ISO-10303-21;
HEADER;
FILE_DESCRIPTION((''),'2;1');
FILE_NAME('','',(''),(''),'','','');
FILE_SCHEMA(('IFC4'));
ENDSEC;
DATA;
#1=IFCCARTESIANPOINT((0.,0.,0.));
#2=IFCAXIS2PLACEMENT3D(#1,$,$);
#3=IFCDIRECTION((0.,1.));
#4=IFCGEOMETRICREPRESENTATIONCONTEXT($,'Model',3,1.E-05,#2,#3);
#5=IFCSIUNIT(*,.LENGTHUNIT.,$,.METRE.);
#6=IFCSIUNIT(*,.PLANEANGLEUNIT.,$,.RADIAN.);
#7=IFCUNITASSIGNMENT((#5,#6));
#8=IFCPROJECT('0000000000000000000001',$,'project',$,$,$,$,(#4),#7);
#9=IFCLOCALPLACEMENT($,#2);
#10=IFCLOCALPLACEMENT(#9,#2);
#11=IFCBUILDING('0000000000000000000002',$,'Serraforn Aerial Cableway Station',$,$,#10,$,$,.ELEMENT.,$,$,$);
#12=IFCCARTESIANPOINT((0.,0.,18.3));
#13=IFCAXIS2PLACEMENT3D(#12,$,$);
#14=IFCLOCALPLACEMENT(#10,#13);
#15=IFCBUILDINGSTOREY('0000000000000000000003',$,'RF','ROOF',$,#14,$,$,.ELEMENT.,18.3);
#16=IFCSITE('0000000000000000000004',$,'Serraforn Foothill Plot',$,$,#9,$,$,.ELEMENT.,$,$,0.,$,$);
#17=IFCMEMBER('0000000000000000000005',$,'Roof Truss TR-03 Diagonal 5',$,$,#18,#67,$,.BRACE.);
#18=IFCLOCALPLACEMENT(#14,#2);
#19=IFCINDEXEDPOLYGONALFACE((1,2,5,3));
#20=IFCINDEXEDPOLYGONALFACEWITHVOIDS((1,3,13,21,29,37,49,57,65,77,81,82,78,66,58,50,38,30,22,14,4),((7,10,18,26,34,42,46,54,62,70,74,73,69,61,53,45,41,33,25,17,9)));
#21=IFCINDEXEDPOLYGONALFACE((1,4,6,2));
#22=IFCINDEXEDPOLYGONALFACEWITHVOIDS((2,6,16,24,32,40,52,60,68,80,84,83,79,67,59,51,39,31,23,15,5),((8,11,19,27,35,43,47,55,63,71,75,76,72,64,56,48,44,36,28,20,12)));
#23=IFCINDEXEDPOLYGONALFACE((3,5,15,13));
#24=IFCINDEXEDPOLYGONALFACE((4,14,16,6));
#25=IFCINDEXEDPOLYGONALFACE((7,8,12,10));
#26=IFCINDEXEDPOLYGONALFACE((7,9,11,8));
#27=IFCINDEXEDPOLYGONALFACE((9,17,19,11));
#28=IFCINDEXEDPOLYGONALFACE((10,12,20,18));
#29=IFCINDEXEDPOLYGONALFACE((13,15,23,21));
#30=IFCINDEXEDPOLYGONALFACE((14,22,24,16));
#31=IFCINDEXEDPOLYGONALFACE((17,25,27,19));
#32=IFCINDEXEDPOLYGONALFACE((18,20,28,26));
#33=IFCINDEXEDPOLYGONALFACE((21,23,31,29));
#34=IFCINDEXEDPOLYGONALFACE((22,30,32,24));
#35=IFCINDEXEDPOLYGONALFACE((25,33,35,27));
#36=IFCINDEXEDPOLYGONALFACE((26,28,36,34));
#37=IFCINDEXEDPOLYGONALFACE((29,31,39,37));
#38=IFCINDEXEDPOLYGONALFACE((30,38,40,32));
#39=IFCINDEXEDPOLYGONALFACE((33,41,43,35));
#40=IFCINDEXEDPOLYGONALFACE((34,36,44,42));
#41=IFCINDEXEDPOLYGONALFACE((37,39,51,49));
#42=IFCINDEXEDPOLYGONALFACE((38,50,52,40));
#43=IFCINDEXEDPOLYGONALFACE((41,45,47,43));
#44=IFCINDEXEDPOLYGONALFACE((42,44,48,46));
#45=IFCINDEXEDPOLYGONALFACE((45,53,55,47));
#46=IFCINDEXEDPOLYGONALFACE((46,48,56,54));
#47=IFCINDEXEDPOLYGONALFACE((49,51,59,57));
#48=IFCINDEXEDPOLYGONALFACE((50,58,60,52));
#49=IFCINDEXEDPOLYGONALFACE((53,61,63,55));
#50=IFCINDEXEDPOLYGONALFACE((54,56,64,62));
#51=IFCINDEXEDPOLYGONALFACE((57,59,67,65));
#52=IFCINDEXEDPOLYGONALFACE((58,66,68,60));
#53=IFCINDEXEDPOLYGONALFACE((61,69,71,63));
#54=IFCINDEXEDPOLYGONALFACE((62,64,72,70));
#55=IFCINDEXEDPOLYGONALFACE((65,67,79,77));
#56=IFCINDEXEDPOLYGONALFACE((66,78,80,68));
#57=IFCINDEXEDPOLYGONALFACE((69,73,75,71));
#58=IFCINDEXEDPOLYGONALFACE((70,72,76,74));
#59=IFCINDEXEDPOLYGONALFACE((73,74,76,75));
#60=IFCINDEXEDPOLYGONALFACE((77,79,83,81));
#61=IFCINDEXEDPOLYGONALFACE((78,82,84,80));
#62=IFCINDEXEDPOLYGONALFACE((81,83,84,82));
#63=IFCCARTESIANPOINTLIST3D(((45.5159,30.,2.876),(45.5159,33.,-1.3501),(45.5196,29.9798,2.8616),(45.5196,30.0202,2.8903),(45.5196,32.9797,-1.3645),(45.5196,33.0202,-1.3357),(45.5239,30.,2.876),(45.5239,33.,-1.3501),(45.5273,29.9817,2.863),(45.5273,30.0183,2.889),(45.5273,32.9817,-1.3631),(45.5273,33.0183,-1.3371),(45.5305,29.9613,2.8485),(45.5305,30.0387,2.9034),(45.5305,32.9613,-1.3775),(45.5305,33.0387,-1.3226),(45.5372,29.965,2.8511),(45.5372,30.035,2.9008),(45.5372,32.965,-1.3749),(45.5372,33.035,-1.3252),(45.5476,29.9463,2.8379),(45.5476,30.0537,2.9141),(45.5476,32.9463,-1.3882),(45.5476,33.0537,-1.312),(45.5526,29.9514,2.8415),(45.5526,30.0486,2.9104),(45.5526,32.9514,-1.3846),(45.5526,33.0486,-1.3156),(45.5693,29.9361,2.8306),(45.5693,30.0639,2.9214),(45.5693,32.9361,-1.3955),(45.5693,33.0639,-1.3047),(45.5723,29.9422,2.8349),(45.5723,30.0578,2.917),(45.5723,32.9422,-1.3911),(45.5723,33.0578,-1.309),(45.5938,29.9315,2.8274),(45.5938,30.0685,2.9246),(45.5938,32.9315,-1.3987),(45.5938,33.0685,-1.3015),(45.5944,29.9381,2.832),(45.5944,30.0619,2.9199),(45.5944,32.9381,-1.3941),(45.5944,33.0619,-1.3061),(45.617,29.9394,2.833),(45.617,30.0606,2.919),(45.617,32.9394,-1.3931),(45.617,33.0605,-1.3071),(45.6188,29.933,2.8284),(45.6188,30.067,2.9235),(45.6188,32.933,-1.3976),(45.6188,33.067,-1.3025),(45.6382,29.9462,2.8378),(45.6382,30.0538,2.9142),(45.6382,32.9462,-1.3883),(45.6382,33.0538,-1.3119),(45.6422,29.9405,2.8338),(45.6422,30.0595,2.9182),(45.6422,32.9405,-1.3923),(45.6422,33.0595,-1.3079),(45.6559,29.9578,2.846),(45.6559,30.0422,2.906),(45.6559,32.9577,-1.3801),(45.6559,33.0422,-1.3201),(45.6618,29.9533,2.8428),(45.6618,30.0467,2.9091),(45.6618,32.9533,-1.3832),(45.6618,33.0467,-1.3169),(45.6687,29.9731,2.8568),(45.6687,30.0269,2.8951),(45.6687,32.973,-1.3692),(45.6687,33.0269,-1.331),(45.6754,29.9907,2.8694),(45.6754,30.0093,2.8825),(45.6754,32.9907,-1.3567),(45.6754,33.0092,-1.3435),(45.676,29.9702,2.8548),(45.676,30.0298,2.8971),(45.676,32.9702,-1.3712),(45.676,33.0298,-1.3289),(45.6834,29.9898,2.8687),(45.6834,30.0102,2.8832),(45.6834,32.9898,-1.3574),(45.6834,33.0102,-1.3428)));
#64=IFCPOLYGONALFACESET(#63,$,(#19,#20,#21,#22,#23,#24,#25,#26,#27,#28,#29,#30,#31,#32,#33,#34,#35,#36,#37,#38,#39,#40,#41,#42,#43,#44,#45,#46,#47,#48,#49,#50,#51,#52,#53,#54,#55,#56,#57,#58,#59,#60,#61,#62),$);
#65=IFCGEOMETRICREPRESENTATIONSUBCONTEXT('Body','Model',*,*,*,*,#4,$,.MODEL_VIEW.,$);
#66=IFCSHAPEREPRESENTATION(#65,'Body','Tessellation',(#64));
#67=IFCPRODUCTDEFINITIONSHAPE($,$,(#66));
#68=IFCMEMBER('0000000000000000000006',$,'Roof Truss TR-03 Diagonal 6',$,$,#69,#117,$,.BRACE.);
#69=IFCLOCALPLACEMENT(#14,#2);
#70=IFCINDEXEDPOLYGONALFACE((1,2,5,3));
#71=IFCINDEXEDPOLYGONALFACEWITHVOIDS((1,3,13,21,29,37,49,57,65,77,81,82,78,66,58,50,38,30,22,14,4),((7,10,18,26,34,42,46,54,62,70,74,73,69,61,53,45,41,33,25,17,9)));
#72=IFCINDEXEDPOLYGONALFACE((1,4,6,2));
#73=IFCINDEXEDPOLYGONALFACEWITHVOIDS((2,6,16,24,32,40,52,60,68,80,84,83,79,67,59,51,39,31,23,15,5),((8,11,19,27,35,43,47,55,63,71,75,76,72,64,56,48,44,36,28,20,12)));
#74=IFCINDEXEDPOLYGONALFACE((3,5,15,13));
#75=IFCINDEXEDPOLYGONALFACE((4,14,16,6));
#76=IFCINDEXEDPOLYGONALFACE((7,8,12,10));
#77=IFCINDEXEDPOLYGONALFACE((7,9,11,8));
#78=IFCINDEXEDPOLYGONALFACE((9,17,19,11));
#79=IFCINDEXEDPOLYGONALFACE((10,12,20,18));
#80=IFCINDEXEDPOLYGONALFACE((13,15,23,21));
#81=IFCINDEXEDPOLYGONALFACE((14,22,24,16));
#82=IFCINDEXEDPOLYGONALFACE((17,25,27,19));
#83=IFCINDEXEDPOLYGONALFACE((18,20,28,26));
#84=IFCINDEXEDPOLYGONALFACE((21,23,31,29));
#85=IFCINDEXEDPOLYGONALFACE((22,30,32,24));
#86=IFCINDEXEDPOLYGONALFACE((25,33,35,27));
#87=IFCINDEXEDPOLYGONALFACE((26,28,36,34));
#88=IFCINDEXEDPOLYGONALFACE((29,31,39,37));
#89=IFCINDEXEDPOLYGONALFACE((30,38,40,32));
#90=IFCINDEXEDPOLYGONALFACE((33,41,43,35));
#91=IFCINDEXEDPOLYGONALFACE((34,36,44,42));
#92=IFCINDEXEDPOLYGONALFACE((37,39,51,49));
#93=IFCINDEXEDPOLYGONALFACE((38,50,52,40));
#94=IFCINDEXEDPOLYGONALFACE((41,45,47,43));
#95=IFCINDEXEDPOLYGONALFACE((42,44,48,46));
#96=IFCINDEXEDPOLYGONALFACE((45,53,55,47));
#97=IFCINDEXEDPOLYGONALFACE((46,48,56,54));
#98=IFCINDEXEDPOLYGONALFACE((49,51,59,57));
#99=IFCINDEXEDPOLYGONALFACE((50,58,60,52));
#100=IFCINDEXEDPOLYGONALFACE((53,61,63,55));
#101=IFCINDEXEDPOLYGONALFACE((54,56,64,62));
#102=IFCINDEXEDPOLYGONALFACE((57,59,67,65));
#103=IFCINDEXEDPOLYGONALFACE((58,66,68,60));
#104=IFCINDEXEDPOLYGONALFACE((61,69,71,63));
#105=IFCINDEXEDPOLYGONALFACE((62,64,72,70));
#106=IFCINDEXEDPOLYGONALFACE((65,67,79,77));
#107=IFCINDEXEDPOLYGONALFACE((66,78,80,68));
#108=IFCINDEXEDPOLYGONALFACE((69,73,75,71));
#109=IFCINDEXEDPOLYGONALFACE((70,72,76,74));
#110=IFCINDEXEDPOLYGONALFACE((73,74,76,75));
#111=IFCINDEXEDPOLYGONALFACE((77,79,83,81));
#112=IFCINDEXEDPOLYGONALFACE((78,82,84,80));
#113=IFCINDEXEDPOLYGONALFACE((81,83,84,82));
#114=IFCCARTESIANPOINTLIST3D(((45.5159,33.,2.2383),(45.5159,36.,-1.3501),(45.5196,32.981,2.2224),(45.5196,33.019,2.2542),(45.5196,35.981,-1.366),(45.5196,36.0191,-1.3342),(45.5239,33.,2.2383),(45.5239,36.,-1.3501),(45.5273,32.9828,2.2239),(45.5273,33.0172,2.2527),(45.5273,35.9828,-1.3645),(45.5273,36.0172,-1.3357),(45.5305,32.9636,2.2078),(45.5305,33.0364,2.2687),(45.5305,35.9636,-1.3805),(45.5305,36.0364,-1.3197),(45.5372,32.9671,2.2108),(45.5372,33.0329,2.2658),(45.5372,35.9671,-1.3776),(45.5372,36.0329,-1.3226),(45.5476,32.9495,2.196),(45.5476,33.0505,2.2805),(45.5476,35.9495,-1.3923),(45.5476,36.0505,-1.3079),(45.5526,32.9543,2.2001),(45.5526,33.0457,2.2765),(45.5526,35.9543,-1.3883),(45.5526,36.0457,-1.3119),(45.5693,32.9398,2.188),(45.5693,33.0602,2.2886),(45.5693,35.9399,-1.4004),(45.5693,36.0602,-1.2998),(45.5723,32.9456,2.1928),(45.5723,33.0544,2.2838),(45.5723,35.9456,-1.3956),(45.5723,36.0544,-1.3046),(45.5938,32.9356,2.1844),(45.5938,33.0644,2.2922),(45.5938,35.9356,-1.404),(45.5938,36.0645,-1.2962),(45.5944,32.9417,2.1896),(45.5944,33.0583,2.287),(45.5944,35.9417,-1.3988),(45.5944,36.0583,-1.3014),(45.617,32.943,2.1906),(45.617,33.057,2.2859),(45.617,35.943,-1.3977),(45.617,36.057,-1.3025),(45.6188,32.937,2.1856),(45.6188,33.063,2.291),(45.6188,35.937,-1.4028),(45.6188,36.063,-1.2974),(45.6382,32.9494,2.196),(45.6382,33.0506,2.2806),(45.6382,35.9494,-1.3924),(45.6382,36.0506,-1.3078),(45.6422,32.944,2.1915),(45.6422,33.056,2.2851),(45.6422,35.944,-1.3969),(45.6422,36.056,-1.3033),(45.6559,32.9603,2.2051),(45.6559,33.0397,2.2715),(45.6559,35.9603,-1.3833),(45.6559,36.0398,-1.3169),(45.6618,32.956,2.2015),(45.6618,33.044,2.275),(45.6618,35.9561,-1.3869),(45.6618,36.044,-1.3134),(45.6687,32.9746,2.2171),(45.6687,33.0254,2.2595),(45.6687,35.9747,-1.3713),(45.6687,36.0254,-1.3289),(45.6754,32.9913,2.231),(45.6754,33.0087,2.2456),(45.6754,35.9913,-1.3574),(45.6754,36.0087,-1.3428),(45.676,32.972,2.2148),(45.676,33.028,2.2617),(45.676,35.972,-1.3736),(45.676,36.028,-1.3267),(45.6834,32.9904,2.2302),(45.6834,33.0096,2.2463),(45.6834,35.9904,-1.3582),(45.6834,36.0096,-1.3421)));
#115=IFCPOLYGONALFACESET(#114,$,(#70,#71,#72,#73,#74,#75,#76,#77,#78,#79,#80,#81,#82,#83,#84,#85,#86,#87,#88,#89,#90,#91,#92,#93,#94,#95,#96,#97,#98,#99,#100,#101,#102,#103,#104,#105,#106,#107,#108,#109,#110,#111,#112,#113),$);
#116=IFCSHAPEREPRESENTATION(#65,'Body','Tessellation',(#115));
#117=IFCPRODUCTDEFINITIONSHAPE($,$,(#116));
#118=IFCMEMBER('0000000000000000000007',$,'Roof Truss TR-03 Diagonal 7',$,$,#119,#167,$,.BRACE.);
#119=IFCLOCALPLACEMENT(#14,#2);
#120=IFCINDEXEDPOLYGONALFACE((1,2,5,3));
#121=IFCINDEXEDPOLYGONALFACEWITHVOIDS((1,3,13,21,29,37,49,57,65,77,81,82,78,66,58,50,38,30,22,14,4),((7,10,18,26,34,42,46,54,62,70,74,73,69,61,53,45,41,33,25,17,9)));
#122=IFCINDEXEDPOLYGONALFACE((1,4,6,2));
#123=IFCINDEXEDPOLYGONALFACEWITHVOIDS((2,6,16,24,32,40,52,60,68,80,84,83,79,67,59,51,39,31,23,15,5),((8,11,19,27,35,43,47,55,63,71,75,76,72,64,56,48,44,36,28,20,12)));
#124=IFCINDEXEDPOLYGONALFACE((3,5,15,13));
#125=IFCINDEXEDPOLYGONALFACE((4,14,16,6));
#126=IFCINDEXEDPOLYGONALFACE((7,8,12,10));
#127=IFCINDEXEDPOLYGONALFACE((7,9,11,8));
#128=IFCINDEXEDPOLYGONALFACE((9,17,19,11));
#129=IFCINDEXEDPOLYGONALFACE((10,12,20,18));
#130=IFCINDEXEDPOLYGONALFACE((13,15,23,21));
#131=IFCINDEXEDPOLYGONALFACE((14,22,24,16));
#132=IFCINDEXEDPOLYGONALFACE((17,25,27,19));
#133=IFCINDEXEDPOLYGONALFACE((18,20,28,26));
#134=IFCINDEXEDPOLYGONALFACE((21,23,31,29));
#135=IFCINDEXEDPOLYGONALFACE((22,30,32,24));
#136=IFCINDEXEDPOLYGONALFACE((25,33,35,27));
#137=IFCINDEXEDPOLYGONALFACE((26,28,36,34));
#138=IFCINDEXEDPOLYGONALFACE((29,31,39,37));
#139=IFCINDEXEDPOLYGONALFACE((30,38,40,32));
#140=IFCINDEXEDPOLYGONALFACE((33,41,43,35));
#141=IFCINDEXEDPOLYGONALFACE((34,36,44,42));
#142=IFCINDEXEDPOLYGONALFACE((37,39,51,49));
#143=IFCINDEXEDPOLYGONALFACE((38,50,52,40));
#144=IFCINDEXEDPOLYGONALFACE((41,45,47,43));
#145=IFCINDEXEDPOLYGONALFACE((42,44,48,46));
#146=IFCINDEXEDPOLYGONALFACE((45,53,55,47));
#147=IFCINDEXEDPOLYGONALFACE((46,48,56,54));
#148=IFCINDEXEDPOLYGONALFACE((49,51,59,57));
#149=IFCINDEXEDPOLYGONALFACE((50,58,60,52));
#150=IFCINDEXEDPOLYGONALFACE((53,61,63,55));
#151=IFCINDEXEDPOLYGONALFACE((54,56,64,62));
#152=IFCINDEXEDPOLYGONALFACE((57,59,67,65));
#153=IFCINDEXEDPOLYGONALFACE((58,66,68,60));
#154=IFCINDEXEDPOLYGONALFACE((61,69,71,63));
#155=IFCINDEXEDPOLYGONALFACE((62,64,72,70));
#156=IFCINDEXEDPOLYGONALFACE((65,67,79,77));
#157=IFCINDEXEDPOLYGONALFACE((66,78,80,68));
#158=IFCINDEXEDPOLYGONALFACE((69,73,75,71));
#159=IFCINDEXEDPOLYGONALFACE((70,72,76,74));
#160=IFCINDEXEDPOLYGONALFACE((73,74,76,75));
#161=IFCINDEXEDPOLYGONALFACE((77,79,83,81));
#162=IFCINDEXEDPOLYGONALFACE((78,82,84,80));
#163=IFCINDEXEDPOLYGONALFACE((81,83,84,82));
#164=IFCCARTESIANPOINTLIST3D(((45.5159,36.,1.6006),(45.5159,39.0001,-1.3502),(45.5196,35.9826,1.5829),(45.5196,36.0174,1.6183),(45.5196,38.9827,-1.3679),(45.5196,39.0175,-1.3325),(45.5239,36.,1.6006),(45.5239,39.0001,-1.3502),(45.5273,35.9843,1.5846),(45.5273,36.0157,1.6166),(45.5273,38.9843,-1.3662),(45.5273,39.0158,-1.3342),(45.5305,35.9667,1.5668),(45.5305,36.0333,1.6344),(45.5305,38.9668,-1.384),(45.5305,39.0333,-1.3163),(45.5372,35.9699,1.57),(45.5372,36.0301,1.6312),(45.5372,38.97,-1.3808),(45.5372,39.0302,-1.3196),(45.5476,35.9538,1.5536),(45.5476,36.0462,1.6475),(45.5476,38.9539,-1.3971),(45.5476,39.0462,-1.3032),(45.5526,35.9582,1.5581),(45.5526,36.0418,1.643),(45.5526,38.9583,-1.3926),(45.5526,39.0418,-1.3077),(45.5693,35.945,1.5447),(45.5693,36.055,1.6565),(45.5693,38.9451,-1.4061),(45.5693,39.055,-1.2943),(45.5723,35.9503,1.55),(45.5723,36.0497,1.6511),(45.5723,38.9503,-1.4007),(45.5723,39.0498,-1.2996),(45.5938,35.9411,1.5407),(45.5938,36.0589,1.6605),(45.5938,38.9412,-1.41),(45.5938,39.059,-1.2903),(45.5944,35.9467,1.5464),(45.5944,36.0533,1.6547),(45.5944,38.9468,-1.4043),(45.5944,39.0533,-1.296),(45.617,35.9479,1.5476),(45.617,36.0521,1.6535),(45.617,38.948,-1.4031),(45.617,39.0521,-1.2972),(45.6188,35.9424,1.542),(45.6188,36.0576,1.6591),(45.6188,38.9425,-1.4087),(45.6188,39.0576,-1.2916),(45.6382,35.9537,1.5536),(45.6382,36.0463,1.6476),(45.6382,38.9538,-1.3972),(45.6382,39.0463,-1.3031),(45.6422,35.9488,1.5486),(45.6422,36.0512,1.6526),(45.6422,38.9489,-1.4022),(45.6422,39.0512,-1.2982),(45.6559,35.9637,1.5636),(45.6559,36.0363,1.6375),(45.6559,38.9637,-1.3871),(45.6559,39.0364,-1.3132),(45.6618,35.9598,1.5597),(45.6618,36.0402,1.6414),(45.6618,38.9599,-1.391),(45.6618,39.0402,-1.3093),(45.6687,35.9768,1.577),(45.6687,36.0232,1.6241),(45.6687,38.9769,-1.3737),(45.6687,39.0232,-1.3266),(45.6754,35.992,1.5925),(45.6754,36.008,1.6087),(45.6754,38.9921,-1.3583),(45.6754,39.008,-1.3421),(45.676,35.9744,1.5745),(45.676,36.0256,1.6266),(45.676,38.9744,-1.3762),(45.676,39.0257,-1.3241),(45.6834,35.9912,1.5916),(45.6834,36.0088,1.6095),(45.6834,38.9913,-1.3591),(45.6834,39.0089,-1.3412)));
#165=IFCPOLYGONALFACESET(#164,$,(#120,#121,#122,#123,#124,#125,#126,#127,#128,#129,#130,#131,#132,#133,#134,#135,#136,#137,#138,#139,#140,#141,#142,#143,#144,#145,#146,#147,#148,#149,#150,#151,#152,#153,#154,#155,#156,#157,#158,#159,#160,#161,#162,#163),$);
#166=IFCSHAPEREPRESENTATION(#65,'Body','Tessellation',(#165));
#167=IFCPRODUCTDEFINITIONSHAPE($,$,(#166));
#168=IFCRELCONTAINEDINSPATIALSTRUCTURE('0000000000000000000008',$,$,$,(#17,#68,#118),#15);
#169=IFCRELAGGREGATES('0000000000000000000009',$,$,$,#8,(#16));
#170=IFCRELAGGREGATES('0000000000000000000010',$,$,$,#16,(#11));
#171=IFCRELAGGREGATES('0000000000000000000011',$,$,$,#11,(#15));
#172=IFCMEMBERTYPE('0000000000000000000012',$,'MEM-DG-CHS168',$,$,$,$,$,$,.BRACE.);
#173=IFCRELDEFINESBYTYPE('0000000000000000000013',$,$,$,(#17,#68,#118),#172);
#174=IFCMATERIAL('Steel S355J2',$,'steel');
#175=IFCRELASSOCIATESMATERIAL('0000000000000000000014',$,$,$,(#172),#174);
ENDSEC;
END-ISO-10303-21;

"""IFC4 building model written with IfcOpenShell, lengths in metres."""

from ifc_helpers import new_model, si_unit, direction, frame, origin, origin_2d, place, context, subcontext, project, spatial, hollow_circle, extrude, material, material_profile, profile_set, type_object, element, save


model = new_model("IFC4")

# Units and contexts
model_context = context("Model", 3, precision=1e-05, world=origin(), true_north=direction((0.0, 1.0)))
body_context = subcontext(model_context, "Body", "Model", "MODEL_VIEW")
ifc_project = project(units=[si_unit("LENGTHUNIT", "METRE"), si_unit("PLANEANGLEUNIT", "RADIAN")], contexts=[model_context])

# Site, building, storey
site_placement = place(None, origin())
site = spatial("IfcSite", under=ifc_project, at=site_placement, Name="Serraforn Foothill Plot", CompositionType="ELEMENT", RefElevation=0.0)
building_placement = place(site_placement, origin())
building = spatial("IfcBuilding", under=site, at=building_placement, Name="Serraforn Aerial Cableway Station", CompositionType="ELEMENT")
storey_placement = place(building_placement, frame((0.0, 0.0, 18.3)))
storey = spatial("IfcBuildingStorey", under=building, at=storey_placement, Name="RF", Description="ROOF", CompositionType="ELEMENT", Elevation=18.3)

# Members
ifc_material_1 = material(Name="Steel S355J2", Category="steel")
ifc_material_profile_1 = material_profile(ifc_material_1, hollow_circle(Radius=0.0842, WallThickness=0.0081, at=origin_2d()), Name="CHS 168.3x8.0")
ifc_profile_set_1 = profile_set([ifc_material_profile_1], Name="Steel S355J2")
member_type_1 = type_object("IfcMemberType", Name="MEM-DG-CHS168", PredefinedType="BRACE", material=ifc_profile_set_1)
member_1_placement = place(storey_placement, frame((45.6001, 30.0, 2.876), z_axis=(0.0, 0.578856, -0.81543), x_axis=(-1.0, 0.0, 0.0)))
element("IfcMember", 1, at=member_1_placement, inside=storey, type_object=member_type_1, Name="Roof Truss TR-03 Diagonal 5", PredefinedType="BRACE", context=body_context, shape_type="SweptSolid", body=[
    extrude(hollow_circle(Radius=0.0842, WallThickness=0.0081, at=origin_2d()), origin(), (0.0, 0.0, 1.0), 5.1826),
])
member_2_placement = place(storey_placement, frame((45.6001, 33.0, 2.2383), z_axis=(0.0, 0.641406, -0.767202), x_axis=(-1.0, 0.0, 0.0)))
element("IfcMember", 2, at=member_2_placement, inside=storey, type_object=member_type_1, Name="Roof Truss TR-03 Diagonal 6", PredefinedType="BRACE", context=body_context, shape_type="SweptSolid", body=[
    extrude(hollow_circle(Radius=0.0842, WallThickness=0.0081, at=origin_2d()), origin(), (0.0, 0.0, 1.0), 4.6772),
])
member_3_placement = place(storey_placement, frame((45.6001, 36.0, 1.6006), z_axis=(0.0, 0.712942, -0.701223), x_axis=(-1.0, 0.0, 0.0)))
element("IfcMember", 3, at=member_3_placement, inside=storey, type_object=member_type_1, Name="Roof Truss TR-03 Diagonal 7", PredefinedType="BRACE", context=body_context, shape_type="SweptSolid", body=[
    extrude(hollow_circle(Radius=0.0842, WallThickness=0.0081, at=origin_2d()), origin(), (0.0, 0.0, 1.0), 4.208),
])

save(model, "model.ifc")
